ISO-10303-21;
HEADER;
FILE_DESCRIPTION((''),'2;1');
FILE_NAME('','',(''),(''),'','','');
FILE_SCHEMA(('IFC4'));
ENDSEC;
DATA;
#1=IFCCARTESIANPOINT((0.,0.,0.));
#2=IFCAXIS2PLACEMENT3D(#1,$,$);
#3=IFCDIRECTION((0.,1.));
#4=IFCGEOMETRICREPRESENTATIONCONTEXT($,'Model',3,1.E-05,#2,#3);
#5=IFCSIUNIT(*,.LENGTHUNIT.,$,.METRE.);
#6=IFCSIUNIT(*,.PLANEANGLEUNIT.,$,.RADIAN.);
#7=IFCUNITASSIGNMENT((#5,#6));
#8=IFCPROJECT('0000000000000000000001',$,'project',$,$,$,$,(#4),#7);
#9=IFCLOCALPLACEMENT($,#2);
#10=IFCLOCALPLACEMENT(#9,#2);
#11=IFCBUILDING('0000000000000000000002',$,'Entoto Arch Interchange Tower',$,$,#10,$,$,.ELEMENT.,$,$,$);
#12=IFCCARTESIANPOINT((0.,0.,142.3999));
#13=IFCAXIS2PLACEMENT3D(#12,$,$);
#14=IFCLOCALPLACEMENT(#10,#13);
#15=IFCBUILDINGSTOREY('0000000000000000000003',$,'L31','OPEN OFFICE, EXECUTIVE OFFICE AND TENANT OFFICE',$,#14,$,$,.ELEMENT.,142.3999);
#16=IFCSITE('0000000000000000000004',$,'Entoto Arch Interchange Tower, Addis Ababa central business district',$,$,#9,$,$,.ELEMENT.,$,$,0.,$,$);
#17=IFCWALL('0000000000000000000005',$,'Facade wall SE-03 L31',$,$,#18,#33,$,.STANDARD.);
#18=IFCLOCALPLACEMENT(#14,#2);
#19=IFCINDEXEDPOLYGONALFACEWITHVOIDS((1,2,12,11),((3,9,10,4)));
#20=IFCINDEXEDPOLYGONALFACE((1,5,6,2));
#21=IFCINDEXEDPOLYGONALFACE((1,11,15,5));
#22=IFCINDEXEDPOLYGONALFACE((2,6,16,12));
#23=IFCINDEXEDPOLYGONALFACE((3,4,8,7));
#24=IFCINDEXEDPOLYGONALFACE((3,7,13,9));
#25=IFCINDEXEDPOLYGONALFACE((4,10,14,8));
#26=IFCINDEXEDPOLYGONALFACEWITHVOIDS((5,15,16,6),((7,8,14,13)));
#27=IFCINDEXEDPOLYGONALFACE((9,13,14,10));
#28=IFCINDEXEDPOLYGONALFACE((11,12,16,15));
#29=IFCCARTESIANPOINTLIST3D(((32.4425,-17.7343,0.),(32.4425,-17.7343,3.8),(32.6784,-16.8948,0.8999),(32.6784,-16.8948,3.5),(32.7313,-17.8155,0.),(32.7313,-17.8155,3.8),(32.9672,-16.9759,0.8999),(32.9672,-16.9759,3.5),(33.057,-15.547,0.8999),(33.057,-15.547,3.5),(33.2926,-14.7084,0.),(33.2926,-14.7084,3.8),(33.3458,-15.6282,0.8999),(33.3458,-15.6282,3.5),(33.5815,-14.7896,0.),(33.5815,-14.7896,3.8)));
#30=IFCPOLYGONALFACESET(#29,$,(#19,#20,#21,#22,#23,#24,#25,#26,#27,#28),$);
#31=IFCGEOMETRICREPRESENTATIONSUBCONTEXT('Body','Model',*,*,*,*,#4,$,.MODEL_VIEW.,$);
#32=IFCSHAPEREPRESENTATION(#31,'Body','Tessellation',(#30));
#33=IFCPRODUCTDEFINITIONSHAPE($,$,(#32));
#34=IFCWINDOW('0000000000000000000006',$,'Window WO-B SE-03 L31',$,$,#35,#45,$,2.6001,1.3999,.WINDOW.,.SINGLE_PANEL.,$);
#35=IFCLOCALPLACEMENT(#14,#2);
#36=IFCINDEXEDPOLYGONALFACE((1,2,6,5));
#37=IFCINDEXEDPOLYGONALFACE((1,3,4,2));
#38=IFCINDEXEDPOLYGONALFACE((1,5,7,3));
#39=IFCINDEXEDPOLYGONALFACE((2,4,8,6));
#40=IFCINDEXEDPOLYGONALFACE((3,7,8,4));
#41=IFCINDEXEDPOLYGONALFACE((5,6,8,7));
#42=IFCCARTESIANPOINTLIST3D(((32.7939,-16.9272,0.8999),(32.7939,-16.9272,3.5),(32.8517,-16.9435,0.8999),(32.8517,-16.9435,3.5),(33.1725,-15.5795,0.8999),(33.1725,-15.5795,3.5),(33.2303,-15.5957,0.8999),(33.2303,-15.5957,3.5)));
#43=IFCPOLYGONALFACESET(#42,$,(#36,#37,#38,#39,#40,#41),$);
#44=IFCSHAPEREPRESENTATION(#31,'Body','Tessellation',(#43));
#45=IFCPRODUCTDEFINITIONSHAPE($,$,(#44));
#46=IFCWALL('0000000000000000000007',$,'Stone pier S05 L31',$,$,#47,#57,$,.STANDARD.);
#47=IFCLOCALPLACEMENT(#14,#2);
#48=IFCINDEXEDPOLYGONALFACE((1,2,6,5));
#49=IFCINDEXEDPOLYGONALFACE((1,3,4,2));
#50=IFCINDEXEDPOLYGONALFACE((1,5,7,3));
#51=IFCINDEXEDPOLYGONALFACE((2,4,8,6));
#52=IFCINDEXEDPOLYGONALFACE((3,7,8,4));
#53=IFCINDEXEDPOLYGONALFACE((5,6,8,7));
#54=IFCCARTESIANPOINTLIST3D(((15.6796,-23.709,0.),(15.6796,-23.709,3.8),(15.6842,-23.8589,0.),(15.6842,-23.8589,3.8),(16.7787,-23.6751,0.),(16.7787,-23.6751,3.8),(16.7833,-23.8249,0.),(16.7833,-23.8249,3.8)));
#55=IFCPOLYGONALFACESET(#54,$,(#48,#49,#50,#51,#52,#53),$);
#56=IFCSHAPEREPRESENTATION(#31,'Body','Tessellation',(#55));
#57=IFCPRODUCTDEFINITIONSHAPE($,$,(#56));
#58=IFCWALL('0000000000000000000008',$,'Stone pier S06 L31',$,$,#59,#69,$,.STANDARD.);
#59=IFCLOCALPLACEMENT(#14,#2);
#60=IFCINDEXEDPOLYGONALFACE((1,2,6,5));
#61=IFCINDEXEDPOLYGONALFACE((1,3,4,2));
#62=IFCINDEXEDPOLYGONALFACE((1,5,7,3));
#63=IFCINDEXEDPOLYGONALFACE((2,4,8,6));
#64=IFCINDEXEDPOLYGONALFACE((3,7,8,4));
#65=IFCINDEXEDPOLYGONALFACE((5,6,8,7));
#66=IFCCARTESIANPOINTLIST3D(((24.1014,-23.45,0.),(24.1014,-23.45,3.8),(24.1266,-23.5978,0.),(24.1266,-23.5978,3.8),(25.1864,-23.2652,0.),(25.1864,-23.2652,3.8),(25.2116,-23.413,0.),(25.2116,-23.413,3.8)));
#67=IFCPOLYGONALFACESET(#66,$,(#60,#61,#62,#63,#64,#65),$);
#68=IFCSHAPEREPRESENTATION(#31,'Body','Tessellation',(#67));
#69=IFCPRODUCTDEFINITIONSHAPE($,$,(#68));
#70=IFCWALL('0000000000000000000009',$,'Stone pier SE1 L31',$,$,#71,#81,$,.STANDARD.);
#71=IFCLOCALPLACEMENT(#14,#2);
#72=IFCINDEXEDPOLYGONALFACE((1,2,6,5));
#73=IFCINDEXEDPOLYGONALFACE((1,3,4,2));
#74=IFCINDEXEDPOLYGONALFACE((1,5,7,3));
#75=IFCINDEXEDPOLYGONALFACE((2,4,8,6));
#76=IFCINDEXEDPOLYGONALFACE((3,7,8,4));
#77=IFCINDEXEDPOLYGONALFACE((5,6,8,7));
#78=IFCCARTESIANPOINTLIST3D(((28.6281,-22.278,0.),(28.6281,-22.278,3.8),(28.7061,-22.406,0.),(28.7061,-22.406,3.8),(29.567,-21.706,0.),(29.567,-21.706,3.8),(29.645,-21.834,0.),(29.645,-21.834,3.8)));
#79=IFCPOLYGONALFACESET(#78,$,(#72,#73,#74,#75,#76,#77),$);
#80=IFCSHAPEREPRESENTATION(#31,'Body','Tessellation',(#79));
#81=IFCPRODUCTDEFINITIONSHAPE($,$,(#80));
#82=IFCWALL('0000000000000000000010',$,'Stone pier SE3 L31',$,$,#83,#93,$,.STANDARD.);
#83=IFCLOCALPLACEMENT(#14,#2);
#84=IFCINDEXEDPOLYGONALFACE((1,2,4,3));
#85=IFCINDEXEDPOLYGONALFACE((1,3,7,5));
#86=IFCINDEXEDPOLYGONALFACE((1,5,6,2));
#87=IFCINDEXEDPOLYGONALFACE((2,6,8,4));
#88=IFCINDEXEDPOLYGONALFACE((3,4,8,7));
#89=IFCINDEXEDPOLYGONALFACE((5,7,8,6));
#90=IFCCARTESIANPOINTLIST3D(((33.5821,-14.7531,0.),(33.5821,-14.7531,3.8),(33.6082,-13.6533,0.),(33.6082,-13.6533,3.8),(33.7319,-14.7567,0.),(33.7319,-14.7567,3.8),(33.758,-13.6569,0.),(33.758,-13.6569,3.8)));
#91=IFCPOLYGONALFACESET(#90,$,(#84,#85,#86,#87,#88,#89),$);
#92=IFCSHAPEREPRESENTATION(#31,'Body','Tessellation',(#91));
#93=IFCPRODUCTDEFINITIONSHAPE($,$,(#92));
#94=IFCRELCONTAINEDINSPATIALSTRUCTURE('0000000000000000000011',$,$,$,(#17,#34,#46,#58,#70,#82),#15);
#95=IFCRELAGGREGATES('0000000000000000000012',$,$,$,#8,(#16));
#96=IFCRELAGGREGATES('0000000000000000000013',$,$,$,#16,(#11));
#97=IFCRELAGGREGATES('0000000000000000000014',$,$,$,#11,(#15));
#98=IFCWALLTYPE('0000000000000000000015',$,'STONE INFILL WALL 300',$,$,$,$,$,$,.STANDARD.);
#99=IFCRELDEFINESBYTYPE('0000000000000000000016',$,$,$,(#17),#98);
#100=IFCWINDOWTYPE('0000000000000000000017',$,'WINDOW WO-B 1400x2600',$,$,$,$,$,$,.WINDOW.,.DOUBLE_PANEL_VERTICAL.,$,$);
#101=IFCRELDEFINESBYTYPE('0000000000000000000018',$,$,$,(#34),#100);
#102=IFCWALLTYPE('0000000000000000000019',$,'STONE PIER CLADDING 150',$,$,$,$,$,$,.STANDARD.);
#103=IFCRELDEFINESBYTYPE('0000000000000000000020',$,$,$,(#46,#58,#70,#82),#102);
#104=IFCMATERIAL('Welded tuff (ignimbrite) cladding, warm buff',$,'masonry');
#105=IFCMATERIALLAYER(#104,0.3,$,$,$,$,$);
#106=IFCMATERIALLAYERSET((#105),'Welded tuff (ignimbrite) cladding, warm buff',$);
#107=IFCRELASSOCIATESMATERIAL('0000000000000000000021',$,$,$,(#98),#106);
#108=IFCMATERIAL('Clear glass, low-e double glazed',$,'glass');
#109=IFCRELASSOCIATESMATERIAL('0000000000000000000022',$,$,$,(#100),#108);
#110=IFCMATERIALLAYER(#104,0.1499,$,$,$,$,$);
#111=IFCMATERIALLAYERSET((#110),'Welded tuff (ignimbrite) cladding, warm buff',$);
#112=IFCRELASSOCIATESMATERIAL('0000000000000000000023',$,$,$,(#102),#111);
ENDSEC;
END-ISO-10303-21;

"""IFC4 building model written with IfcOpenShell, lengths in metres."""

from ifc_helpers import new_model, si_unit, direction, frame, frame_2d, origin, place, context, subcontext, project, spatial, rectangle, extrude, material, layer, layer_set, type_object, element, fill, save


model = new_model("IFC4")

# Units and contexts
model_context = context("Model", 3, precision=1e-05, world=origin(), true_north=direction((0.0, 1.0)))
body_context = subcontext(model_context, "Body", "Model", "MODEL_VIEW")
ifc_project = project(units=[si_unit("LENGTHUNIT", "METRE"), si_unit("PLANEANGLEUNIT", "RADIAN")], contexts=[model_context])

# Site, building, storey
site_placement = place(None, origin())
site = spatial("IfcSite", under=ifc_project, at=site_placement, Name="Entoto Arch Interchange Tower, Addis Ababa central business district", CompositionType="ELEMENT", RefElevation=0.0)
building_placement = place(site_placement, origin())
building = spatial("IfcBuilding", under=site, at=building_placement, Name="Entoto Arch Interchange Tower", CompositionType="ELEMENT")
storey_placement = place(building_placement, frame((0.0, 0.0, 142.3999)))
storey = spatial("IfcBuildingStorey", under=building, at=storey_placement, Name="L31", Description="OPEN OFFICE, EXECUTIVE OFFICE AND TENANT OFFICE", CompositionType="ELEMENT", Elevation=142.3999)

# Shared definitions
ifc_material_1 = material(Name="Welded tuff (ignimbrite) cladding, warm buff", Category="masonry")
ifc_layer_1 = layer(ifc_material_1, 0.3)
ifc_layer_set_1 = layer_set([ifc_layer_1], Name="Welded tuff (ignimbrite) cladding, warm buff")
wall_type_1 = type_object("IfcWallType", Name="STONE INFILL WALL 300", PredefinedType="STANDARD", material=ifc_layer_set_1)
ifc_material_2 = material(Name="Clear glass, low-e double glazed", Category="glass")

# Wall, opening, window
window_type_1 = type_object("IfcWindowType", Name="WINDOW WO-B 1400x2600", PartitioningType="DOUBLE_PANEL_VERTICAL", PredefinedType="WINDOW", material=ifc_material_2)
wall_1_placement = place(storey_placement, frame((32.5869, -17.7749, 0.0), z_axis=(0.0, 0.0, 1.0), x_axis=(0.270471, 0.962728, 0.0)))
wall_1 = element("IfcWall", 1, at=wall_1_placement, inside=storey, type_object=wall_type_1, Name="Facade wall SE-03 L31", PredefinedType="STANDARD", context=body_context, shape_type="SweptSolid", body=[
    extrude(rectangle(XDim=3.1431, YDim=0.3, at=frame_2d((1.5715, 0.0))), origin(), (0.0, 0.0, 1.0), 3.8),
])
opening_1_placement = place(wall_1_placement, frame((0.8721, 0.0, 0.8999)))
opening_1 = element("IfcOpeningElement", 2, at=opening_1_placement, cuts=wall_1, PredefinedType="OPENING", context=body_context, shape_type="SweptSolid", body=[
    extrude(rectangle(XDim=1.3999, YDim=2.6001, at=frame_2d((0.7, 1.3))), frame((0.0, 0.1602, 0.0), z_axis=(0.0, -1.0, 0.0), x_axis=(1.0, 0.0, 0.0)), (0.0, 0.0, 1.0), 0.3201),
])
window_1_placement = place(opening_1_placement, origin())
window_1 = element("IfcWindow", 3, at=window_1_placement, inside=storey, type_object=window_type_1, Name="Window WO-B SE-03 L31", OverallHeight=2.6001, OverallWidth=1.3999, PartitioningType="SINGLE_PANEL", PredefinedType="WINDOW", context=body_context, shape_type="SweptSolid", body=[
    extrude(rectangle(XDim=1.3999, YDim=2.6001, at=frame_2d((0.7, 1.3))), frame((0.0, 0.03, 0.0), z_axis=(0.0, -1.0, 0.0), x_axis=(1.0, 0.0, 0.0)), (0.0, 0.0, 1.0), 0.0601),
])
fill(opening_1, window_1)

# Walls
ifc_layer_2 = layer(ifc_material_1, 0.1499)
ifc_layer_set_2 = layer_set([ifc_layer_2], Name="Welded tuff (ignimbrite) cladding, warm buff")
wall_type_2 = type_object("IfcWallType", Name="STONE PIER CLADDING 150", PredefinedType="STANDARD", material=ifc_layer_set_2)
wall_2_placement = place(storey_placement, frame((15.6819, -23.7839, 0.0), z_axis=(0.0, 0.0, 1.0), x_axis=(0.999524, 0.03086, 0.0)))
element("IfcWall", 4, at=wall_2_placement, inside=storey, type_object=wall_type_2, Name="Stone pier S05 L31", PredefinedType="STANDARD", context=body_context, shape_type="SweptSolid", body=[
    extrude(rectangle(XDim=1.0996, YDim=0.1499, at=frame_2d((0.5498, 0.0))), origin(), (0.0, 0.0, 1.0), 3.8),
])
wall_3_placement = place(storey_placement, frame((24.114, -23.5239, 0.0), z_axis=(0.0, 0.0, 1.0), x_axis=(0.9858, 0.167923, 0.0)))
element("IfcWall", 5, at=wall_3_placement, inside=storey, type_object=wall_type_2, Name="Stone pier S06 L31", PredefinedType="STANDARD", context=body_context, shape_type="SweptSolid", body=[
    extrude(rectangle(XDim=1.1006, YDim=0.1499, at=frame_2d((0.5503, 0.0))), origin(), (0.0, 0.0, 1.0), 3.8),
])
wall_4_placement = place(storey_placement, frame((28.667, -22.342, 0.0), z_axis=(0.0, 0.0, 1.0), x_axis=(0.854006, 0.520264, 0.0)))
element("IfcWall", 6, at=wall_4_placement, inside=storey, type_object=wall_type_2, Name="Stone pier SE1 L31", PredefinedType="STANDARD", context=body_context, shape_type="SweptSolid", body=[
    extrude(rectangle(XDim=1.0994, YDim=0.1499, at=frame_2d((0.5498, 0.0))), origin(), (0.0, 0.0, 1.0), 3.8),
])
wall_5_placement = place(storey_placement, frame((33.657, -14.7549, 0.0), z_axis=(0.0, 0.0, 1.0), x_axis=(0.023745, 0.999718, 0.0)))
element("IfcWall", 7, at=wall_5_placement, inside=storey, type_object=wall_type_2, Name="Stone pier SE3 L31", PredefinedType="STANDARD", context=body_context, shape_type="SweptSolid", body=[
    extrude(rectangle(XDim=1.1001, YDim=0.1499, at=frame_2d((0.55, 0.0))), origin(), (0.0, 0.0, 1.0), 3.8),
])

save(model, "model.ifc")
